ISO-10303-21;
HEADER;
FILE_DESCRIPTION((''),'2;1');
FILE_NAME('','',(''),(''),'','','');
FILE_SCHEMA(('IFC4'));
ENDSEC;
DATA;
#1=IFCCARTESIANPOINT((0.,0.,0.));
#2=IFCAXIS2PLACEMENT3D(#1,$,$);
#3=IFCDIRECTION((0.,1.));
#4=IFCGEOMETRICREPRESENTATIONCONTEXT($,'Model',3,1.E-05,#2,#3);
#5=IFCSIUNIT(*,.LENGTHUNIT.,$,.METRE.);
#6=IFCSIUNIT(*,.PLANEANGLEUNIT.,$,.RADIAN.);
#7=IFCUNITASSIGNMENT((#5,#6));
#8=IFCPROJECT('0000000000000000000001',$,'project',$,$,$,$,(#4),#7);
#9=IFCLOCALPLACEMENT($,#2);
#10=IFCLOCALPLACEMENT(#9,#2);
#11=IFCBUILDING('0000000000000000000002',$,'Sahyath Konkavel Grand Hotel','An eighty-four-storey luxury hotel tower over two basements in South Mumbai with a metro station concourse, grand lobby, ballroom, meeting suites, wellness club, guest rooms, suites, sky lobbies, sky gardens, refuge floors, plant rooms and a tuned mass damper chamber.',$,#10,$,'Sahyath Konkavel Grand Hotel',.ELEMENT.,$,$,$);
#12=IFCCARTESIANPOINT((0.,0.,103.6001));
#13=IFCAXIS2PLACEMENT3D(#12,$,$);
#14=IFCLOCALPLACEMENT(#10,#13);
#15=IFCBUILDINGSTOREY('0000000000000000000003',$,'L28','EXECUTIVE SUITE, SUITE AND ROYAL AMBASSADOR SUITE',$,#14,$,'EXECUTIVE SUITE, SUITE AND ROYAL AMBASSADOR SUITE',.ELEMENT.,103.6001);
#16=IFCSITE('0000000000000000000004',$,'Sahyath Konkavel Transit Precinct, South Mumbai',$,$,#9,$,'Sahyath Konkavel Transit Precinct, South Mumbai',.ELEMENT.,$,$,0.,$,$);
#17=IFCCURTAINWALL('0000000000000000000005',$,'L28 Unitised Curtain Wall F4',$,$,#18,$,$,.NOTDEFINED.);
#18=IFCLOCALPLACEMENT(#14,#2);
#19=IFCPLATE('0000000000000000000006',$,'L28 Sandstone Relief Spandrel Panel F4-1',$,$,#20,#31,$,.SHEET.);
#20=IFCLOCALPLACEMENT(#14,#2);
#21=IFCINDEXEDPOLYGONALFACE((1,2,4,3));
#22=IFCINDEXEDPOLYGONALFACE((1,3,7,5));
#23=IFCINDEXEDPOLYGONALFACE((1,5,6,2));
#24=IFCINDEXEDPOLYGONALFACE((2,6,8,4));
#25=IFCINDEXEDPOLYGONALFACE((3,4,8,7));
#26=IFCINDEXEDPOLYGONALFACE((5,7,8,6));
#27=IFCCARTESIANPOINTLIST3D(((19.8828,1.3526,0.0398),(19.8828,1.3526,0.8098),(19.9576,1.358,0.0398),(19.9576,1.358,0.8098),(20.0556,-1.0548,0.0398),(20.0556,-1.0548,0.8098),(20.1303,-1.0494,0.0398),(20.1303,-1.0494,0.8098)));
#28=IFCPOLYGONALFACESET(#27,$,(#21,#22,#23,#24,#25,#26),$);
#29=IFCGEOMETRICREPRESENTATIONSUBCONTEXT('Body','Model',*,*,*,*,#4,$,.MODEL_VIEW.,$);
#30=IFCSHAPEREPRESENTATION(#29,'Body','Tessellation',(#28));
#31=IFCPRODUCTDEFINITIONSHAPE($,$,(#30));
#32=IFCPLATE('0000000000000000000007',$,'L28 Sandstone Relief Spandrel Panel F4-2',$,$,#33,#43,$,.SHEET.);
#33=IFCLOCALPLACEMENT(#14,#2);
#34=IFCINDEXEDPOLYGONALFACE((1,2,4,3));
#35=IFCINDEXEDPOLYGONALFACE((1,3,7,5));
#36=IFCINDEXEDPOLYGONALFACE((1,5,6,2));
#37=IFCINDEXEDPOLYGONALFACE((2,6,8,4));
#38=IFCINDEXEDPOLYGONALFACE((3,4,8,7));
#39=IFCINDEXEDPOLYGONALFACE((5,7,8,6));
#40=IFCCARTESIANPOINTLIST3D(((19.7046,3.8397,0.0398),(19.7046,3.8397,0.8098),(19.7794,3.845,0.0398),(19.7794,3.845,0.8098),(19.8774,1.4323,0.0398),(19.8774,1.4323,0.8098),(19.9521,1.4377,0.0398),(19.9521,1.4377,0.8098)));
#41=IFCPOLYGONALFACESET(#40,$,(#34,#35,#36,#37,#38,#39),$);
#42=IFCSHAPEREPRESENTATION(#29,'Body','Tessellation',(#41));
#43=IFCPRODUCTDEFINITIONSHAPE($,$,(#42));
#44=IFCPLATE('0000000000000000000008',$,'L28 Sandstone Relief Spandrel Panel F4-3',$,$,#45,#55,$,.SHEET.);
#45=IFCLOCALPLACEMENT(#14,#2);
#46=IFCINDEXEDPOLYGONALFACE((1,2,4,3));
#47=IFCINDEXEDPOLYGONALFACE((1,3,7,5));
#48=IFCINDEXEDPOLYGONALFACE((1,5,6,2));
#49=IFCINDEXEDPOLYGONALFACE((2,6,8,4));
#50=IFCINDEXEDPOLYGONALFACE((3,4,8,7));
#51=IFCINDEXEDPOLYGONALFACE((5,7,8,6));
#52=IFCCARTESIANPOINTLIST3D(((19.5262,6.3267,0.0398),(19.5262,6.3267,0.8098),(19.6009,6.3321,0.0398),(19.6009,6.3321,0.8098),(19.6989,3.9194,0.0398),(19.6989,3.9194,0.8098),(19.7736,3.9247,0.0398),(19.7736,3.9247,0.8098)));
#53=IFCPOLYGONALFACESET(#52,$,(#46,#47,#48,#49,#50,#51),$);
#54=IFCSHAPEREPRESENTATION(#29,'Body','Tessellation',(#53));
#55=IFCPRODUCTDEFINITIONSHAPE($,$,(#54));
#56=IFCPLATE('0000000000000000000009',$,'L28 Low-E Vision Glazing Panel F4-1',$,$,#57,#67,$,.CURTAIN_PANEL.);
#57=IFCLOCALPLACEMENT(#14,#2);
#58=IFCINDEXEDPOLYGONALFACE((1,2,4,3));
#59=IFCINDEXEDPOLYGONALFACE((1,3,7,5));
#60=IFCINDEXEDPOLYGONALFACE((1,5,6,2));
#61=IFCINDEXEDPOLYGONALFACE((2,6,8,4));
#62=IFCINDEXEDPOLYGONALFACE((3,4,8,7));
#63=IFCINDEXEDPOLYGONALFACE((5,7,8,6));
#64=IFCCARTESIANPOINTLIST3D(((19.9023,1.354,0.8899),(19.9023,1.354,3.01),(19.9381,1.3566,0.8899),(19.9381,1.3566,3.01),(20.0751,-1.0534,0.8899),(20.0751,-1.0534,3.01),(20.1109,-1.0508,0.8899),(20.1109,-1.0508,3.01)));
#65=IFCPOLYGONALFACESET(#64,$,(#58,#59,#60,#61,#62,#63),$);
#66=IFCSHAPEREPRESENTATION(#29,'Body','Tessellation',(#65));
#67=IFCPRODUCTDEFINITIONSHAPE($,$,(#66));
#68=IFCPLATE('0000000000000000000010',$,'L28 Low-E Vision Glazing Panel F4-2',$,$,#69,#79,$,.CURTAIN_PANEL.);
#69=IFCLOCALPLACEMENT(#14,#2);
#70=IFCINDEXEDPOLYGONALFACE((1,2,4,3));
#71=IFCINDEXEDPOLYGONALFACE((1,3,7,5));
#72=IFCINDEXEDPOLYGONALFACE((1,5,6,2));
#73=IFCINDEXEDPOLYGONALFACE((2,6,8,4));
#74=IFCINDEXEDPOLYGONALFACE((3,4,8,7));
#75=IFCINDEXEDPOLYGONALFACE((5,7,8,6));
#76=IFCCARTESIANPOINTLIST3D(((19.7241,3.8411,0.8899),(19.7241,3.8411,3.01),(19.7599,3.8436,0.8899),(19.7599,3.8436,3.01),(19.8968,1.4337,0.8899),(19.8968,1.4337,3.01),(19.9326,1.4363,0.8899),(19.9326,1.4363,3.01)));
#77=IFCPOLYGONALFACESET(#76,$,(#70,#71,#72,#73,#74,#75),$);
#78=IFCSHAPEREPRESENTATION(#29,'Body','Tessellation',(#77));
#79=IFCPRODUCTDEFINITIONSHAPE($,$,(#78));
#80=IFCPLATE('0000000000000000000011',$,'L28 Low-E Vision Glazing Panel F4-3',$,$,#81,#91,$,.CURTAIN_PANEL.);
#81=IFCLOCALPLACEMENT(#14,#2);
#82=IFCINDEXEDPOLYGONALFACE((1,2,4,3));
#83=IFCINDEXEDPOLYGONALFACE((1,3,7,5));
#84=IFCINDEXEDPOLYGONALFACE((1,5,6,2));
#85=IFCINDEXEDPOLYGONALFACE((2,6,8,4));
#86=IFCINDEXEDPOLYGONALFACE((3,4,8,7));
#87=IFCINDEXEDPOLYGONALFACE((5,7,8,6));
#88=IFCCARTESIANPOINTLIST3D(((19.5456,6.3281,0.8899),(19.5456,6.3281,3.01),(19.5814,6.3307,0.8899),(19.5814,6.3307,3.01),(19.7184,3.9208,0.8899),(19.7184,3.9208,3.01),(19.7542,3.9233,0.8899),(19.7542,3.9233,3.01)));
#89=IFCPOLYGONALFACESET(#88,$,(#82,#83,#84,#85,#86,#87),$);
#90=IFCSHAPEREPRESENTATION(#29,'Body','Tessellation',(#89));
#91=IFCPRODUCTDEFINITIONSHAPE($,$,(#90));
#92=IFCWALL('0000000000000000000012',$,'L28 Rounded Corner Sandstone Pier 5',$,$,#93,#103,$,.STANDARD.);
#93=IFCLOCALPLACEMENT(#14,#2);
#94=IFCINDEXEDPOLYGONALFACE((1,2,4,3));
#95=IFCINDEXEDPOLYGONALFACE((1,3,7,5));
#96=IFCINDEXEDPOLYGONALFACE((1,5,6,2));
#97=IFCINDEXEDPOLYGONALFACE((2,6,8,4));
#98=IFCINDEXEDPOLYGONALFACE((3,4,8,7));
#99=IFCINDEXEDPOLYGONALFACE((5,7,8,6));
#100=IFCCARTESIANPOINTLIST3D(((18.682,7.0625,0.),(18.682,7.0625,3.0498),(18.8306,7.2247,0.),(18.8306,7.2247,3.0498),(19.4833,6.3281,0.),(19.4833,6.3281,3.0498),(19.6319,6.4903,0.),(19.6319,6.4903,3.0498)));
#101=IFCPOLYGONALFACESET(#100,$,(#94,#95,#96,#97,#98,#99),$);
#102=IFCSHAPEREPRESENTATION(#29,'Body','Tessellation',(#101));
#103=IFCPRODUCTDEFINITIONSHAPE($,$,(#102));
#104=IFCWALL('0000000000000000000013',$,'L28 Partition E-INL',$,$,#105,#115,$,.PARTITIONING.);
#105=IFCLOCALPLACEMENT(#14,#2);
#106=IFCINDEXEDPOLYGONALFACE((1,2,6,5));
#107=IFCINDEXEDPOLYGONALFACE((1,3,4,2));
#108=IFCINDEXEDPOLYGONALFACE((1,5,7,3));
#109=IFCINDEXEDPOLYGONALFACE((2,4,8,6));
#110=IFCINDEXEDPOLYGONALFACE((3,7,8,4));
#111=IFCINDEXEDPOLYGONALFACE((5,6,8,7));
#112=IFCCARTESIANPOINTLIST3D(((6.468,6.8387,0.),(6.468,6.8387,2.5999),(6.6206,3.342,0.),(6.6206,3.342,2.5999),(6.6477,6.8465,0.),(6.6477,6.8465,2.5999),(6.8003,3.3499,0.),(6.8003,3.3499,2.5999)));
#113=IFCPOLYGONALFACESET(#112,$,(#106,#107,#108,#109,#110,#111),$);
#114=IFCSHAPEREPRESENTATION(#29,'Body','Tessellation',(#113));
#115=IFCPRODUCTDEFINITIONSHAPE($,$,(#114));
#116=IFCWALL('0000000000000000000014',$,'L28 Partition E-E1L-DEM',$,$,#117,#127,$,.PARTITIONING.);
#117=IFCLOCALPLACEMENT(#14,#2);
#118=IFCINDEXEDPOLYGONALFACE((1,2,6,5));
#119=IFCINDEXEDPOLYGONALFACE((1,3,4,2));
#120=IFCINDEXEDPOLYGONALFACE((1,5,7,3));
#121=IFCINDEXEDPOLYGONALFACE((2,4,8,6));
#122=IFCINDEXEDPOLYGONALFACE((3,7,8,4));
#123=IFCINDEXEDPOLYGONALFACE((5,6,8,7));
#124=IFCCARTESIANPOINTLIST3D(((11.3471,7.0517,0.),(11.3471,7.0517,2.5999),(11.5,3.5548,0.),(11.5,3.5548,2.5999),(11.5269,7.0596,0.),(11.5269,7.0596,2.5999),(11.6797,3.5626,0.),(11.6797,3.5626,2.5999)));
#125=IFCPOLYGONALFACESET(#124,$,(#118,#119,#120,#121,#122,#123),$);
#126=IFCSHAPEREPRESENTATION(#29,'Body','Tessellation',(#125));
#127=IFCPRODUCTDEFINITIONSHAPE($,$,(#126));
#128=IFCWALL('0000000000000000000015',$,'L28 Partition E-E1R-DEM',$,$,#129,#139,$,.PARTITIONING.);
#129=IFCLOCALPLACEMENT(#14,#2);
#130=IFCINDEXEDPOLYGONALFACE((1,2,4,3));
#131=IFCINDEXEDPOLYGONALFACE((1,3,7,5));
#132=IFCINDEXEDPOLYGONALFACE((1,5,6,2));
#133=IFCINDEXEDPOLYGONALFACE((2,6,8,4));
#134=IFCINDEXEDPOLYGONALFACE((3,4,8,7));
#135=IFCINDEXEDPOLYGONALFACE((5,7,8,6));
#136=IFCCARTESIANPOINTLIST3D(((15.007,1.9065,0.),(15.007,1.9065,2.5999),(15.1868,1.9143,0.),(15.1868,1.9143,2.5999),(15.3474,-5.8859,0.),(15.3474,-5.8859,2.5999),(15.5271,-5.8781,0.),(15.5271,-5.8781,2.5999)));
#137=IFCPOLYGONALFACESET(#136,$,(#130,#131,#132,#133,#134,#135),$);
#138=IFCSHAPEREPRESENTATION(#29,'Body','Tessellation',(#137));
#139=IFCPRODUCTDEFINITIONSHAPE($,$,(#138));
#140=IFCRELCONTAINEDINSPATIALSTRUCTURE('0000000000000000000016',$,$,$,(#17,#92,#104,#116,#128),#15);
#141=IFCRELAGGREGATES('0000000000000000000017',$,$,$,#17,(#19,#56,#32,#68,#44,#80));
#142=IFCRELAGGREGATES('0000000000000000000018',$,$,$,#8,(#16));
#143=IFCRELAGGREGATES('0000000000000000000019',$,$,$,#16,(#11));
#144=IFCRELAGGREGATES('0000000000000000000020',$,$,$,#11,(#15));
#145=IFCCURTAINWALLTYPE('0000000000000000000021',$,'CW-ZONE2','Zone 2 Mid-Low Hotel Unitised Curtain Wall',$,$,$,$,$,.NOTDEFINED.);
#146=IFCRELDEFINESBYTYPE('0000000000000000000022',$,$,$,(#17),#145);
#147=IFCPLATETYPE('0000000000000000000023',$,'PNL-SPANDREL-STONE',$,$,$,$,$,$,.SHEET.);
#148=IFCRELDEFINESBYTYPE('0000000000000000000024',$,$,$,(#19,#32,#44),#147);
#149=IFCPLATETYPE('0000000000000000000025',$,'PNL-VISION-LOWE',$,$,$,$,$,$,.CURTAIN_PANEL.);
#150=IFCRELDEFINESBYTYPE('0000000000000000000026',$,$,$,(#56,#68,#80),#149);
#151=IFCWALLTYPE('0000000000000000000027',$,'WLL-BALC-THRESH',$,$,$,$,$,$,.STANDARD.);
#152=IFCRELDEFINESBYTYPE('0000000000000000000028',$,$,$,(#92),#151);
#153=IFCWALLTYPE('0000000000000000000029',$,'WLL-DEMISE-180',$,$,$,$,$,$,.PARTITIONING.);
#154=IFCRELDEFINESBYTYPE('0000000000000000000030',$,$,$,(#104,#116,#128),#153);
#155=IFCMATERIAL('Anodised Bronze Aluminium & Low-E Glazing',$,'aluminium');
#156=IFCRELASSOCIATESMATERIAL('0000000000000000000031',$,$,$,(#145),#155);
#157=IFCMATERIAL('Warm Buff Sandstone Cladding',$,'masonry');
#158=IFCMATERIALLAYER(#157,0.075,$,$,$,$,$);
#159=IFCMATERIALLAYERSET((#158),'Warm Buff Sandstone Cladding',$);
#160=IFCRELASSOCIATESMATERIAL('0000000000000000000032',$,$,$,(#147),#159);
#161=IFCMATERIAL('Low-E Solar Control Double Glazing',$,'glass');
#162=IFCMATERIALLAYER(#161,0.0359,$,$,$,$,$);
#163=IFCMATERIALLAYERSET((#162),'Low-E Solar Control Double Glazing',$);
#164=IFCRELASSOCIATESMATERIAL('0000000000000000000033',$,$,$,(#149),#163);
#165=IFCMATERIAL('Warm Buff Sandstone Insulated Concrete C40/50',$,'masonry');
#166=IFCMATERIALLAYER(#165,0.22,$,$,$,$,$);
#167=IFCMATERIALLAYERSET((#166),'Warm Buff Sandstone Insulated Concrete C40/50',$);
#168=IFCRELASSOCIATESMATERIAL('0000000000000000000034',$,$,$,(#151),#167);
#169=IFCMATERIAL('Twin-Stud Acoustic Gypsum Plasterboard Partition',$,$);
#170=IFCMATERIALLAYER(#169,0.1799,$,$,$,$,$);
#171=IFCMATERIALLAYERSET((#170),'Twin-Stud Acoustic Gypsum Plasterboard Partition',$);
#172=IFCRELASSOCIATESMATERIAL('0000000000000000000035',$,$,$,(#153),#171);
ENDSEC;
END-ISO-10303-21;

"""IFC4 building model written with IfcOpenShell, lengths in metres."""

from ifc_helpers import new_model, si_unit, direction, frame, frame_2d, origin, origin_2d, place, context, subcontext, project, spatial, rectangle, extrude, source, transform, mapped, material, layer, layer_set, type_object, element, aggregate, save


model = new_model("IFC4")

# Units and contexts
model_context = context("Model", 3, precision=1e-05, world=origin(), true_north=direction((0.0, 1.0)))
body_context = subcontext(model_context, "Body", "Model", "MODEL_VIEW")
ifc_project = project(units=[si_unit("LENGTHUNIT", "METRE"), si_unit("PLANEANGLEUNIT", "RADIAN")], contexts=[model_context])

# Site, building, storey
site_placement = place(None, origin())
site = spatial("IfcSite", under=ifc_project, at=site_placement, Name="Sahyath Konkavel Transit Precinct, South Mumbai", LongName="Sahyath Konkavel Transit Precinct, South Mumbai", CompositionType="ELEMENT", RefElevation=0.0)
building_placement = place(site_placement, origin())
building = spatial("IfcBuilding", under=site, at=building_placement, Name="Sahyath Konkavel Grand Hotel", Description="An eighty-four-storey luxury hotel tower over two basements in South Mumbai with a metro station concourse, grand lobby, ballroom, meeting suites, wellness club, guest rooms, suites, sky lobbies, sky gardens, refuge floors, plant rooms and a tuned mass damper chamber.", LongName="Sahyath Konkavel Grand Hotel", CompositionType="ELEMENT")
storey_placement = place(building_placement, frame((0.0, 0.0, 103.6001)))
storey = spatial("IfcBuildingStorey", under=building, at=storey_placement, Name="L28", Description="EXECUTIVE SUITE, SUITE AND ROYAL AMBASSADOR SUITE", LongName="EXECUTIVE SUITE, SUITE AND ROYAL AMBASSADOR SUITE", CompositionType="ELEMENT", Elevation=103.6001)

# Curtain wall
ifc_material_1 = material(Name="Anodised Bronze Aluminium & Low-E Glazing", Category="aluminium")
curtain_wall_type = type_object("IfcCurtainWallType", Name="CW-ZONE2", Description="Zone 2 Mid-Low Hotel Unitised Curtain Wall", PredefinedType="NOTDEFINED", material=ifc_material_1)
curtain_wall_placement = place(storey_placement, origin())
curtain_wall = element("IfcCurtainWall", 1, at=curtain_wall_placement, inside=storey, type_object=curtain_wall_type, Name="L28 Unitised Curtain Wall F4", PredefinedType="NOTDEFINED")

# Plates
ifc_material_2 = material(Name="Warm Buff Sandstone Cladding", Category="masonry")
ifc_layer_1 = layer(ifc_material_2, 0.075)
ifc_layer_set_1 = layer_set([ifc_layer_1], Name="Warm Buff Sandstone Cladding")
plate_type_1 = type_object("IfcPlateType", Name="PNL-SPANDREL-STONE", PredefinedType="SHEET", material=ifc_layer_set_1)
shared_shape_1 = source(origin(), body_context, "Body", "SweptSolid", [
    extrude(rectangle(XDim=2.4136, YDim=0.075, at=origin_2d()), origin(), (0.0, 0.0, 1.0), 0.77),
])
plate_1_placement = place(storey_placement, frame((20.0066, 0.1516, 0.0398), z_axis=(0.0, 0.0, 1.0), x_axis=(-0.071567, 0.997436, 0.0)))
plate_1 = element("IfcPlate", 2, at=plate_1_placement, type_object=plate_type_1, Name="L28 Sandstone Relief Spandrel Panel F4-1", PredefinedType="SHEET", context=body_context, shape_type="MappedRepresentation", body=[
    mapped(shared_shape_1, transform((0.0, 0.0, 0.0), scale=1.0)),
])
plate_2_placement = place(storey_placement, frame((19.8284, 2.6387, 0.0398), z_axis=(0.0, 0.0, 1.0), x_axis=(-0.071567, 0.997436, 0.0)))
plate_2 = element("IfcPlate", 3, at=plate_2_placement, type_object=plate_type_1, Name="L28 Sandstone Relief Spandrel Panel F4-2", PredefinedType="SHEET", context=body_context, shape_type="MappedRepresentation", body=[
    mapped(shared_shape_1, transform((0.0, 0.0, 0.0), scale=1.0)),
])
plate_3_placement = place(storey_placement, frame((19.6499, 5.1257, 0.0398), z_axis=(0.0, 0.0, 1.0), x_axis=(-0.071567, 0.997436, 0.0)))
plate_3 = element("IfcPlate", 4, at=plate_3_placement, type_object=plate_type_1, Name="L28 Sandstone Relief Spandrel Panel F4-3", PredefinedType="SHEET", context=body_context, shape_type="MappedRepresentation", body=[
    mapped(shared_shape_1, transform((0.0, 0.0, 0.0), scale=1.0)),
])
ifc_material_3 = material(Name="Low-E Solar Control Double Glazing", Category="glass")
ifc_layer_2 = layer(ifc_material_3, 0.0359)
ifc_layer_set_2 = layer_set([ifc_layer_2], Name="Low-E Solar Control Double Glazing")
plate_type_2 = type_object("IfcPlateType", Name="PNL-VISION-LOWE", PredefinedType="CURTAIN_PANEL", material=ifc_layer_set_2)
shared_shape_2 = source(origin(), body_context, "Body", "SweptSolid", [
    extrude(rectangle(XDim=2.4136, YDim=0.0359, at=origin_2d()), origin(), (0.0, 0.0, 1.0), 2.1201),
])
plate_4_placement = place(storey_placement, frame((20.0066, 0.1516, 0.8899), z_axis=(0.0, 0.0, 1.0), x_axis=(-0.071567, 0.997436, 0.0)))
plate_4 = element("IfcPlate", 5, at=plate_4_placement, type_object=plate_type_2, Name="L28 Low-E Vision Glazing Panel F4-1", PredefinedType="CURTAIN_PANEL", context=body_context, shape_type="MappedRepresentation", body=[
    mapped(shared_shape_2, transform((0.0, 0.0, 0.0), scale=1.0)),
])
plate_5_placement = place(storey_placement, frame((19.8284, 2.6387, 0.8899), z_axis=(0.0, 0.0, 1.0), x_axis=(-0.071567, 0.997436, 0.0)))
plate_5 = element("IfcPlate", 6, at=plate_5_placement, type_object=plate_type_2, Name="L28 Low-E Vision Glazing Panel F4-2", PredefinedType="CURTAIN_PANEL", context=body_context, shape_type="MappedRepresentation", body=[
    mapped(shared_shape_2, transform((0.0, 0.0, 0.0), scale=1.0)),
])
plate_6_placement = place(storey_placement, frame((19.6499, 5.1257, 0.8899), z_axis=(0.0, 0.0, 1.0), x_axis=(-0.071567, 0.997436, 0.0)))
plate_6 = element("IfcPlate", 7, at=plate_6_placement, type_object=plate_type_2, Name="L28 Low-E Vision Glazing Panel F4-3", PredefinedType="CURTAIN_PANEL", context=body_context, shape_type="MappedRepresentation", body=[
    mapped(shared_shape_2, transform((0.0, 0.0, 0.0), scale=1.0)),
])
aggregate(curtain_wall, [plate_1, plate_4, plate_2, plate_5, plate_3, plate_6])

# Walls
ifc_material_4 = material(Name="Warm Buff Sandstone Insulated Concrete C40/50", Category="masonry")
ifc_layer_3 = layer(ifc_material_4, 0.22)
ifc_layer_set_3 = layer_set([ifc_layer_3], Name="Warm Buff Sandstone Insulated Concrete C40/50")
wall_type_1 = type_object("IfcWallType", Name="WLL-BALC-THRESH", PredefinedType="STANDARD", material=ifc_layer_set_3)
wall_1_placement = place(storey_placement, frame((19.5576, 6.4092, 0.0), z_axis=(0.0, 0.0, 1.0), x_axis=(-0.73721, 0.675664, 0.0)))
element("IfcWall", 8, at=wall_1_placement, inside=storey, type_object=wall_type_1, Name="L28 Rounded Corner Sandstone Pier 5", PredefinedType="STANDARD", context=body_context, shape_type="SweptSolid", body=[
    extrude(rectangle(XDim=1.0869, YDim=0.22, at=frame_2d((0.5435, 0.0))), origin(), (0.0, 0.0, 1.0), 3.0498),
])
ifc_material_5 = material(Name="Twin-Stud Acoustic Gypsum Plasterboard Partition")
ifc_layer_4 = layer(ifc_material_5, 0.1799)
ifc_layer_set_4 = layer_set([ifc_layer_4], Name="Twin-Stud Acoustic Gypsum Plasterboard Partition")
wall_type_2 = type_object("IfcWallType", Name="WLL-DEMISE-180", PredefinedType="PARTITIONING", material=ifc_layer_set_4)
wall_2_placement = place(storey_placement, frame((6.7104, 3.3459, 0.0), z_axis=(0.0, 0.0, 1.0), x_axis=(-0.043598, 0.999049, 0.0)))
element("IfcWall", 9, at=wall_2_placement, inside=storey, type_object=wall_type_2, Name="L28 Partition E-INL", PredefinedType="PARTITIONING", context=body_context, shape_type="SweptSolid", body=[
    extrude(rectangle(XDim=3.5, YDim=0.1799, at=frame_2d((1.75, 0.0))), origin(), (0.0, 0.0, 1.0), 2.5999),
])
wall_3_placement = place(storey_placement, frame((11.5898, 3.5588, 0.0), z_axis=(0.0, 0.0, 1.0), x_axis=(-0.043664, 0.999046, 0.0)))
element("IfcWall", 10, at=wall_3_placement, inside=storey, type_object=wall_type_2, Name="L28 Partition E-E1L-DEM", PredefinedType="PARTITIONING", context=body_context, shape_type="SweptSolid", body=[
    extrude(rectangle(XDim=3.5002, YDim=0.1799, at=frame_2d((1.75, 0.0))), origin(), (0.0, 0.0, 1.0), 2.5999),
])
wall_4_placement = place(storey_placement, frame((15.0969, 1.9104, 0.0), z_axis=(0.0, 0.0, 1.0), x_axis=(0.043633, -0.999048, 0.0)))
element("IfcWall", 11, at=wall_4_placement, inside=storey, type_object=wall_type_2, Name="L28 Partition E-E1R-DEM", PredefinedType="PARTITIONING", context=body_context, shape_type="SweptSolid", body=[
    extrude(rectangle(XDim=7.7998, YDim=0.1799, at=frame_2d((3.8999, 0.0))), origin(), (0.0, 0.0, 1.0), 2.5999),
])

save(model, "model.ifc")
